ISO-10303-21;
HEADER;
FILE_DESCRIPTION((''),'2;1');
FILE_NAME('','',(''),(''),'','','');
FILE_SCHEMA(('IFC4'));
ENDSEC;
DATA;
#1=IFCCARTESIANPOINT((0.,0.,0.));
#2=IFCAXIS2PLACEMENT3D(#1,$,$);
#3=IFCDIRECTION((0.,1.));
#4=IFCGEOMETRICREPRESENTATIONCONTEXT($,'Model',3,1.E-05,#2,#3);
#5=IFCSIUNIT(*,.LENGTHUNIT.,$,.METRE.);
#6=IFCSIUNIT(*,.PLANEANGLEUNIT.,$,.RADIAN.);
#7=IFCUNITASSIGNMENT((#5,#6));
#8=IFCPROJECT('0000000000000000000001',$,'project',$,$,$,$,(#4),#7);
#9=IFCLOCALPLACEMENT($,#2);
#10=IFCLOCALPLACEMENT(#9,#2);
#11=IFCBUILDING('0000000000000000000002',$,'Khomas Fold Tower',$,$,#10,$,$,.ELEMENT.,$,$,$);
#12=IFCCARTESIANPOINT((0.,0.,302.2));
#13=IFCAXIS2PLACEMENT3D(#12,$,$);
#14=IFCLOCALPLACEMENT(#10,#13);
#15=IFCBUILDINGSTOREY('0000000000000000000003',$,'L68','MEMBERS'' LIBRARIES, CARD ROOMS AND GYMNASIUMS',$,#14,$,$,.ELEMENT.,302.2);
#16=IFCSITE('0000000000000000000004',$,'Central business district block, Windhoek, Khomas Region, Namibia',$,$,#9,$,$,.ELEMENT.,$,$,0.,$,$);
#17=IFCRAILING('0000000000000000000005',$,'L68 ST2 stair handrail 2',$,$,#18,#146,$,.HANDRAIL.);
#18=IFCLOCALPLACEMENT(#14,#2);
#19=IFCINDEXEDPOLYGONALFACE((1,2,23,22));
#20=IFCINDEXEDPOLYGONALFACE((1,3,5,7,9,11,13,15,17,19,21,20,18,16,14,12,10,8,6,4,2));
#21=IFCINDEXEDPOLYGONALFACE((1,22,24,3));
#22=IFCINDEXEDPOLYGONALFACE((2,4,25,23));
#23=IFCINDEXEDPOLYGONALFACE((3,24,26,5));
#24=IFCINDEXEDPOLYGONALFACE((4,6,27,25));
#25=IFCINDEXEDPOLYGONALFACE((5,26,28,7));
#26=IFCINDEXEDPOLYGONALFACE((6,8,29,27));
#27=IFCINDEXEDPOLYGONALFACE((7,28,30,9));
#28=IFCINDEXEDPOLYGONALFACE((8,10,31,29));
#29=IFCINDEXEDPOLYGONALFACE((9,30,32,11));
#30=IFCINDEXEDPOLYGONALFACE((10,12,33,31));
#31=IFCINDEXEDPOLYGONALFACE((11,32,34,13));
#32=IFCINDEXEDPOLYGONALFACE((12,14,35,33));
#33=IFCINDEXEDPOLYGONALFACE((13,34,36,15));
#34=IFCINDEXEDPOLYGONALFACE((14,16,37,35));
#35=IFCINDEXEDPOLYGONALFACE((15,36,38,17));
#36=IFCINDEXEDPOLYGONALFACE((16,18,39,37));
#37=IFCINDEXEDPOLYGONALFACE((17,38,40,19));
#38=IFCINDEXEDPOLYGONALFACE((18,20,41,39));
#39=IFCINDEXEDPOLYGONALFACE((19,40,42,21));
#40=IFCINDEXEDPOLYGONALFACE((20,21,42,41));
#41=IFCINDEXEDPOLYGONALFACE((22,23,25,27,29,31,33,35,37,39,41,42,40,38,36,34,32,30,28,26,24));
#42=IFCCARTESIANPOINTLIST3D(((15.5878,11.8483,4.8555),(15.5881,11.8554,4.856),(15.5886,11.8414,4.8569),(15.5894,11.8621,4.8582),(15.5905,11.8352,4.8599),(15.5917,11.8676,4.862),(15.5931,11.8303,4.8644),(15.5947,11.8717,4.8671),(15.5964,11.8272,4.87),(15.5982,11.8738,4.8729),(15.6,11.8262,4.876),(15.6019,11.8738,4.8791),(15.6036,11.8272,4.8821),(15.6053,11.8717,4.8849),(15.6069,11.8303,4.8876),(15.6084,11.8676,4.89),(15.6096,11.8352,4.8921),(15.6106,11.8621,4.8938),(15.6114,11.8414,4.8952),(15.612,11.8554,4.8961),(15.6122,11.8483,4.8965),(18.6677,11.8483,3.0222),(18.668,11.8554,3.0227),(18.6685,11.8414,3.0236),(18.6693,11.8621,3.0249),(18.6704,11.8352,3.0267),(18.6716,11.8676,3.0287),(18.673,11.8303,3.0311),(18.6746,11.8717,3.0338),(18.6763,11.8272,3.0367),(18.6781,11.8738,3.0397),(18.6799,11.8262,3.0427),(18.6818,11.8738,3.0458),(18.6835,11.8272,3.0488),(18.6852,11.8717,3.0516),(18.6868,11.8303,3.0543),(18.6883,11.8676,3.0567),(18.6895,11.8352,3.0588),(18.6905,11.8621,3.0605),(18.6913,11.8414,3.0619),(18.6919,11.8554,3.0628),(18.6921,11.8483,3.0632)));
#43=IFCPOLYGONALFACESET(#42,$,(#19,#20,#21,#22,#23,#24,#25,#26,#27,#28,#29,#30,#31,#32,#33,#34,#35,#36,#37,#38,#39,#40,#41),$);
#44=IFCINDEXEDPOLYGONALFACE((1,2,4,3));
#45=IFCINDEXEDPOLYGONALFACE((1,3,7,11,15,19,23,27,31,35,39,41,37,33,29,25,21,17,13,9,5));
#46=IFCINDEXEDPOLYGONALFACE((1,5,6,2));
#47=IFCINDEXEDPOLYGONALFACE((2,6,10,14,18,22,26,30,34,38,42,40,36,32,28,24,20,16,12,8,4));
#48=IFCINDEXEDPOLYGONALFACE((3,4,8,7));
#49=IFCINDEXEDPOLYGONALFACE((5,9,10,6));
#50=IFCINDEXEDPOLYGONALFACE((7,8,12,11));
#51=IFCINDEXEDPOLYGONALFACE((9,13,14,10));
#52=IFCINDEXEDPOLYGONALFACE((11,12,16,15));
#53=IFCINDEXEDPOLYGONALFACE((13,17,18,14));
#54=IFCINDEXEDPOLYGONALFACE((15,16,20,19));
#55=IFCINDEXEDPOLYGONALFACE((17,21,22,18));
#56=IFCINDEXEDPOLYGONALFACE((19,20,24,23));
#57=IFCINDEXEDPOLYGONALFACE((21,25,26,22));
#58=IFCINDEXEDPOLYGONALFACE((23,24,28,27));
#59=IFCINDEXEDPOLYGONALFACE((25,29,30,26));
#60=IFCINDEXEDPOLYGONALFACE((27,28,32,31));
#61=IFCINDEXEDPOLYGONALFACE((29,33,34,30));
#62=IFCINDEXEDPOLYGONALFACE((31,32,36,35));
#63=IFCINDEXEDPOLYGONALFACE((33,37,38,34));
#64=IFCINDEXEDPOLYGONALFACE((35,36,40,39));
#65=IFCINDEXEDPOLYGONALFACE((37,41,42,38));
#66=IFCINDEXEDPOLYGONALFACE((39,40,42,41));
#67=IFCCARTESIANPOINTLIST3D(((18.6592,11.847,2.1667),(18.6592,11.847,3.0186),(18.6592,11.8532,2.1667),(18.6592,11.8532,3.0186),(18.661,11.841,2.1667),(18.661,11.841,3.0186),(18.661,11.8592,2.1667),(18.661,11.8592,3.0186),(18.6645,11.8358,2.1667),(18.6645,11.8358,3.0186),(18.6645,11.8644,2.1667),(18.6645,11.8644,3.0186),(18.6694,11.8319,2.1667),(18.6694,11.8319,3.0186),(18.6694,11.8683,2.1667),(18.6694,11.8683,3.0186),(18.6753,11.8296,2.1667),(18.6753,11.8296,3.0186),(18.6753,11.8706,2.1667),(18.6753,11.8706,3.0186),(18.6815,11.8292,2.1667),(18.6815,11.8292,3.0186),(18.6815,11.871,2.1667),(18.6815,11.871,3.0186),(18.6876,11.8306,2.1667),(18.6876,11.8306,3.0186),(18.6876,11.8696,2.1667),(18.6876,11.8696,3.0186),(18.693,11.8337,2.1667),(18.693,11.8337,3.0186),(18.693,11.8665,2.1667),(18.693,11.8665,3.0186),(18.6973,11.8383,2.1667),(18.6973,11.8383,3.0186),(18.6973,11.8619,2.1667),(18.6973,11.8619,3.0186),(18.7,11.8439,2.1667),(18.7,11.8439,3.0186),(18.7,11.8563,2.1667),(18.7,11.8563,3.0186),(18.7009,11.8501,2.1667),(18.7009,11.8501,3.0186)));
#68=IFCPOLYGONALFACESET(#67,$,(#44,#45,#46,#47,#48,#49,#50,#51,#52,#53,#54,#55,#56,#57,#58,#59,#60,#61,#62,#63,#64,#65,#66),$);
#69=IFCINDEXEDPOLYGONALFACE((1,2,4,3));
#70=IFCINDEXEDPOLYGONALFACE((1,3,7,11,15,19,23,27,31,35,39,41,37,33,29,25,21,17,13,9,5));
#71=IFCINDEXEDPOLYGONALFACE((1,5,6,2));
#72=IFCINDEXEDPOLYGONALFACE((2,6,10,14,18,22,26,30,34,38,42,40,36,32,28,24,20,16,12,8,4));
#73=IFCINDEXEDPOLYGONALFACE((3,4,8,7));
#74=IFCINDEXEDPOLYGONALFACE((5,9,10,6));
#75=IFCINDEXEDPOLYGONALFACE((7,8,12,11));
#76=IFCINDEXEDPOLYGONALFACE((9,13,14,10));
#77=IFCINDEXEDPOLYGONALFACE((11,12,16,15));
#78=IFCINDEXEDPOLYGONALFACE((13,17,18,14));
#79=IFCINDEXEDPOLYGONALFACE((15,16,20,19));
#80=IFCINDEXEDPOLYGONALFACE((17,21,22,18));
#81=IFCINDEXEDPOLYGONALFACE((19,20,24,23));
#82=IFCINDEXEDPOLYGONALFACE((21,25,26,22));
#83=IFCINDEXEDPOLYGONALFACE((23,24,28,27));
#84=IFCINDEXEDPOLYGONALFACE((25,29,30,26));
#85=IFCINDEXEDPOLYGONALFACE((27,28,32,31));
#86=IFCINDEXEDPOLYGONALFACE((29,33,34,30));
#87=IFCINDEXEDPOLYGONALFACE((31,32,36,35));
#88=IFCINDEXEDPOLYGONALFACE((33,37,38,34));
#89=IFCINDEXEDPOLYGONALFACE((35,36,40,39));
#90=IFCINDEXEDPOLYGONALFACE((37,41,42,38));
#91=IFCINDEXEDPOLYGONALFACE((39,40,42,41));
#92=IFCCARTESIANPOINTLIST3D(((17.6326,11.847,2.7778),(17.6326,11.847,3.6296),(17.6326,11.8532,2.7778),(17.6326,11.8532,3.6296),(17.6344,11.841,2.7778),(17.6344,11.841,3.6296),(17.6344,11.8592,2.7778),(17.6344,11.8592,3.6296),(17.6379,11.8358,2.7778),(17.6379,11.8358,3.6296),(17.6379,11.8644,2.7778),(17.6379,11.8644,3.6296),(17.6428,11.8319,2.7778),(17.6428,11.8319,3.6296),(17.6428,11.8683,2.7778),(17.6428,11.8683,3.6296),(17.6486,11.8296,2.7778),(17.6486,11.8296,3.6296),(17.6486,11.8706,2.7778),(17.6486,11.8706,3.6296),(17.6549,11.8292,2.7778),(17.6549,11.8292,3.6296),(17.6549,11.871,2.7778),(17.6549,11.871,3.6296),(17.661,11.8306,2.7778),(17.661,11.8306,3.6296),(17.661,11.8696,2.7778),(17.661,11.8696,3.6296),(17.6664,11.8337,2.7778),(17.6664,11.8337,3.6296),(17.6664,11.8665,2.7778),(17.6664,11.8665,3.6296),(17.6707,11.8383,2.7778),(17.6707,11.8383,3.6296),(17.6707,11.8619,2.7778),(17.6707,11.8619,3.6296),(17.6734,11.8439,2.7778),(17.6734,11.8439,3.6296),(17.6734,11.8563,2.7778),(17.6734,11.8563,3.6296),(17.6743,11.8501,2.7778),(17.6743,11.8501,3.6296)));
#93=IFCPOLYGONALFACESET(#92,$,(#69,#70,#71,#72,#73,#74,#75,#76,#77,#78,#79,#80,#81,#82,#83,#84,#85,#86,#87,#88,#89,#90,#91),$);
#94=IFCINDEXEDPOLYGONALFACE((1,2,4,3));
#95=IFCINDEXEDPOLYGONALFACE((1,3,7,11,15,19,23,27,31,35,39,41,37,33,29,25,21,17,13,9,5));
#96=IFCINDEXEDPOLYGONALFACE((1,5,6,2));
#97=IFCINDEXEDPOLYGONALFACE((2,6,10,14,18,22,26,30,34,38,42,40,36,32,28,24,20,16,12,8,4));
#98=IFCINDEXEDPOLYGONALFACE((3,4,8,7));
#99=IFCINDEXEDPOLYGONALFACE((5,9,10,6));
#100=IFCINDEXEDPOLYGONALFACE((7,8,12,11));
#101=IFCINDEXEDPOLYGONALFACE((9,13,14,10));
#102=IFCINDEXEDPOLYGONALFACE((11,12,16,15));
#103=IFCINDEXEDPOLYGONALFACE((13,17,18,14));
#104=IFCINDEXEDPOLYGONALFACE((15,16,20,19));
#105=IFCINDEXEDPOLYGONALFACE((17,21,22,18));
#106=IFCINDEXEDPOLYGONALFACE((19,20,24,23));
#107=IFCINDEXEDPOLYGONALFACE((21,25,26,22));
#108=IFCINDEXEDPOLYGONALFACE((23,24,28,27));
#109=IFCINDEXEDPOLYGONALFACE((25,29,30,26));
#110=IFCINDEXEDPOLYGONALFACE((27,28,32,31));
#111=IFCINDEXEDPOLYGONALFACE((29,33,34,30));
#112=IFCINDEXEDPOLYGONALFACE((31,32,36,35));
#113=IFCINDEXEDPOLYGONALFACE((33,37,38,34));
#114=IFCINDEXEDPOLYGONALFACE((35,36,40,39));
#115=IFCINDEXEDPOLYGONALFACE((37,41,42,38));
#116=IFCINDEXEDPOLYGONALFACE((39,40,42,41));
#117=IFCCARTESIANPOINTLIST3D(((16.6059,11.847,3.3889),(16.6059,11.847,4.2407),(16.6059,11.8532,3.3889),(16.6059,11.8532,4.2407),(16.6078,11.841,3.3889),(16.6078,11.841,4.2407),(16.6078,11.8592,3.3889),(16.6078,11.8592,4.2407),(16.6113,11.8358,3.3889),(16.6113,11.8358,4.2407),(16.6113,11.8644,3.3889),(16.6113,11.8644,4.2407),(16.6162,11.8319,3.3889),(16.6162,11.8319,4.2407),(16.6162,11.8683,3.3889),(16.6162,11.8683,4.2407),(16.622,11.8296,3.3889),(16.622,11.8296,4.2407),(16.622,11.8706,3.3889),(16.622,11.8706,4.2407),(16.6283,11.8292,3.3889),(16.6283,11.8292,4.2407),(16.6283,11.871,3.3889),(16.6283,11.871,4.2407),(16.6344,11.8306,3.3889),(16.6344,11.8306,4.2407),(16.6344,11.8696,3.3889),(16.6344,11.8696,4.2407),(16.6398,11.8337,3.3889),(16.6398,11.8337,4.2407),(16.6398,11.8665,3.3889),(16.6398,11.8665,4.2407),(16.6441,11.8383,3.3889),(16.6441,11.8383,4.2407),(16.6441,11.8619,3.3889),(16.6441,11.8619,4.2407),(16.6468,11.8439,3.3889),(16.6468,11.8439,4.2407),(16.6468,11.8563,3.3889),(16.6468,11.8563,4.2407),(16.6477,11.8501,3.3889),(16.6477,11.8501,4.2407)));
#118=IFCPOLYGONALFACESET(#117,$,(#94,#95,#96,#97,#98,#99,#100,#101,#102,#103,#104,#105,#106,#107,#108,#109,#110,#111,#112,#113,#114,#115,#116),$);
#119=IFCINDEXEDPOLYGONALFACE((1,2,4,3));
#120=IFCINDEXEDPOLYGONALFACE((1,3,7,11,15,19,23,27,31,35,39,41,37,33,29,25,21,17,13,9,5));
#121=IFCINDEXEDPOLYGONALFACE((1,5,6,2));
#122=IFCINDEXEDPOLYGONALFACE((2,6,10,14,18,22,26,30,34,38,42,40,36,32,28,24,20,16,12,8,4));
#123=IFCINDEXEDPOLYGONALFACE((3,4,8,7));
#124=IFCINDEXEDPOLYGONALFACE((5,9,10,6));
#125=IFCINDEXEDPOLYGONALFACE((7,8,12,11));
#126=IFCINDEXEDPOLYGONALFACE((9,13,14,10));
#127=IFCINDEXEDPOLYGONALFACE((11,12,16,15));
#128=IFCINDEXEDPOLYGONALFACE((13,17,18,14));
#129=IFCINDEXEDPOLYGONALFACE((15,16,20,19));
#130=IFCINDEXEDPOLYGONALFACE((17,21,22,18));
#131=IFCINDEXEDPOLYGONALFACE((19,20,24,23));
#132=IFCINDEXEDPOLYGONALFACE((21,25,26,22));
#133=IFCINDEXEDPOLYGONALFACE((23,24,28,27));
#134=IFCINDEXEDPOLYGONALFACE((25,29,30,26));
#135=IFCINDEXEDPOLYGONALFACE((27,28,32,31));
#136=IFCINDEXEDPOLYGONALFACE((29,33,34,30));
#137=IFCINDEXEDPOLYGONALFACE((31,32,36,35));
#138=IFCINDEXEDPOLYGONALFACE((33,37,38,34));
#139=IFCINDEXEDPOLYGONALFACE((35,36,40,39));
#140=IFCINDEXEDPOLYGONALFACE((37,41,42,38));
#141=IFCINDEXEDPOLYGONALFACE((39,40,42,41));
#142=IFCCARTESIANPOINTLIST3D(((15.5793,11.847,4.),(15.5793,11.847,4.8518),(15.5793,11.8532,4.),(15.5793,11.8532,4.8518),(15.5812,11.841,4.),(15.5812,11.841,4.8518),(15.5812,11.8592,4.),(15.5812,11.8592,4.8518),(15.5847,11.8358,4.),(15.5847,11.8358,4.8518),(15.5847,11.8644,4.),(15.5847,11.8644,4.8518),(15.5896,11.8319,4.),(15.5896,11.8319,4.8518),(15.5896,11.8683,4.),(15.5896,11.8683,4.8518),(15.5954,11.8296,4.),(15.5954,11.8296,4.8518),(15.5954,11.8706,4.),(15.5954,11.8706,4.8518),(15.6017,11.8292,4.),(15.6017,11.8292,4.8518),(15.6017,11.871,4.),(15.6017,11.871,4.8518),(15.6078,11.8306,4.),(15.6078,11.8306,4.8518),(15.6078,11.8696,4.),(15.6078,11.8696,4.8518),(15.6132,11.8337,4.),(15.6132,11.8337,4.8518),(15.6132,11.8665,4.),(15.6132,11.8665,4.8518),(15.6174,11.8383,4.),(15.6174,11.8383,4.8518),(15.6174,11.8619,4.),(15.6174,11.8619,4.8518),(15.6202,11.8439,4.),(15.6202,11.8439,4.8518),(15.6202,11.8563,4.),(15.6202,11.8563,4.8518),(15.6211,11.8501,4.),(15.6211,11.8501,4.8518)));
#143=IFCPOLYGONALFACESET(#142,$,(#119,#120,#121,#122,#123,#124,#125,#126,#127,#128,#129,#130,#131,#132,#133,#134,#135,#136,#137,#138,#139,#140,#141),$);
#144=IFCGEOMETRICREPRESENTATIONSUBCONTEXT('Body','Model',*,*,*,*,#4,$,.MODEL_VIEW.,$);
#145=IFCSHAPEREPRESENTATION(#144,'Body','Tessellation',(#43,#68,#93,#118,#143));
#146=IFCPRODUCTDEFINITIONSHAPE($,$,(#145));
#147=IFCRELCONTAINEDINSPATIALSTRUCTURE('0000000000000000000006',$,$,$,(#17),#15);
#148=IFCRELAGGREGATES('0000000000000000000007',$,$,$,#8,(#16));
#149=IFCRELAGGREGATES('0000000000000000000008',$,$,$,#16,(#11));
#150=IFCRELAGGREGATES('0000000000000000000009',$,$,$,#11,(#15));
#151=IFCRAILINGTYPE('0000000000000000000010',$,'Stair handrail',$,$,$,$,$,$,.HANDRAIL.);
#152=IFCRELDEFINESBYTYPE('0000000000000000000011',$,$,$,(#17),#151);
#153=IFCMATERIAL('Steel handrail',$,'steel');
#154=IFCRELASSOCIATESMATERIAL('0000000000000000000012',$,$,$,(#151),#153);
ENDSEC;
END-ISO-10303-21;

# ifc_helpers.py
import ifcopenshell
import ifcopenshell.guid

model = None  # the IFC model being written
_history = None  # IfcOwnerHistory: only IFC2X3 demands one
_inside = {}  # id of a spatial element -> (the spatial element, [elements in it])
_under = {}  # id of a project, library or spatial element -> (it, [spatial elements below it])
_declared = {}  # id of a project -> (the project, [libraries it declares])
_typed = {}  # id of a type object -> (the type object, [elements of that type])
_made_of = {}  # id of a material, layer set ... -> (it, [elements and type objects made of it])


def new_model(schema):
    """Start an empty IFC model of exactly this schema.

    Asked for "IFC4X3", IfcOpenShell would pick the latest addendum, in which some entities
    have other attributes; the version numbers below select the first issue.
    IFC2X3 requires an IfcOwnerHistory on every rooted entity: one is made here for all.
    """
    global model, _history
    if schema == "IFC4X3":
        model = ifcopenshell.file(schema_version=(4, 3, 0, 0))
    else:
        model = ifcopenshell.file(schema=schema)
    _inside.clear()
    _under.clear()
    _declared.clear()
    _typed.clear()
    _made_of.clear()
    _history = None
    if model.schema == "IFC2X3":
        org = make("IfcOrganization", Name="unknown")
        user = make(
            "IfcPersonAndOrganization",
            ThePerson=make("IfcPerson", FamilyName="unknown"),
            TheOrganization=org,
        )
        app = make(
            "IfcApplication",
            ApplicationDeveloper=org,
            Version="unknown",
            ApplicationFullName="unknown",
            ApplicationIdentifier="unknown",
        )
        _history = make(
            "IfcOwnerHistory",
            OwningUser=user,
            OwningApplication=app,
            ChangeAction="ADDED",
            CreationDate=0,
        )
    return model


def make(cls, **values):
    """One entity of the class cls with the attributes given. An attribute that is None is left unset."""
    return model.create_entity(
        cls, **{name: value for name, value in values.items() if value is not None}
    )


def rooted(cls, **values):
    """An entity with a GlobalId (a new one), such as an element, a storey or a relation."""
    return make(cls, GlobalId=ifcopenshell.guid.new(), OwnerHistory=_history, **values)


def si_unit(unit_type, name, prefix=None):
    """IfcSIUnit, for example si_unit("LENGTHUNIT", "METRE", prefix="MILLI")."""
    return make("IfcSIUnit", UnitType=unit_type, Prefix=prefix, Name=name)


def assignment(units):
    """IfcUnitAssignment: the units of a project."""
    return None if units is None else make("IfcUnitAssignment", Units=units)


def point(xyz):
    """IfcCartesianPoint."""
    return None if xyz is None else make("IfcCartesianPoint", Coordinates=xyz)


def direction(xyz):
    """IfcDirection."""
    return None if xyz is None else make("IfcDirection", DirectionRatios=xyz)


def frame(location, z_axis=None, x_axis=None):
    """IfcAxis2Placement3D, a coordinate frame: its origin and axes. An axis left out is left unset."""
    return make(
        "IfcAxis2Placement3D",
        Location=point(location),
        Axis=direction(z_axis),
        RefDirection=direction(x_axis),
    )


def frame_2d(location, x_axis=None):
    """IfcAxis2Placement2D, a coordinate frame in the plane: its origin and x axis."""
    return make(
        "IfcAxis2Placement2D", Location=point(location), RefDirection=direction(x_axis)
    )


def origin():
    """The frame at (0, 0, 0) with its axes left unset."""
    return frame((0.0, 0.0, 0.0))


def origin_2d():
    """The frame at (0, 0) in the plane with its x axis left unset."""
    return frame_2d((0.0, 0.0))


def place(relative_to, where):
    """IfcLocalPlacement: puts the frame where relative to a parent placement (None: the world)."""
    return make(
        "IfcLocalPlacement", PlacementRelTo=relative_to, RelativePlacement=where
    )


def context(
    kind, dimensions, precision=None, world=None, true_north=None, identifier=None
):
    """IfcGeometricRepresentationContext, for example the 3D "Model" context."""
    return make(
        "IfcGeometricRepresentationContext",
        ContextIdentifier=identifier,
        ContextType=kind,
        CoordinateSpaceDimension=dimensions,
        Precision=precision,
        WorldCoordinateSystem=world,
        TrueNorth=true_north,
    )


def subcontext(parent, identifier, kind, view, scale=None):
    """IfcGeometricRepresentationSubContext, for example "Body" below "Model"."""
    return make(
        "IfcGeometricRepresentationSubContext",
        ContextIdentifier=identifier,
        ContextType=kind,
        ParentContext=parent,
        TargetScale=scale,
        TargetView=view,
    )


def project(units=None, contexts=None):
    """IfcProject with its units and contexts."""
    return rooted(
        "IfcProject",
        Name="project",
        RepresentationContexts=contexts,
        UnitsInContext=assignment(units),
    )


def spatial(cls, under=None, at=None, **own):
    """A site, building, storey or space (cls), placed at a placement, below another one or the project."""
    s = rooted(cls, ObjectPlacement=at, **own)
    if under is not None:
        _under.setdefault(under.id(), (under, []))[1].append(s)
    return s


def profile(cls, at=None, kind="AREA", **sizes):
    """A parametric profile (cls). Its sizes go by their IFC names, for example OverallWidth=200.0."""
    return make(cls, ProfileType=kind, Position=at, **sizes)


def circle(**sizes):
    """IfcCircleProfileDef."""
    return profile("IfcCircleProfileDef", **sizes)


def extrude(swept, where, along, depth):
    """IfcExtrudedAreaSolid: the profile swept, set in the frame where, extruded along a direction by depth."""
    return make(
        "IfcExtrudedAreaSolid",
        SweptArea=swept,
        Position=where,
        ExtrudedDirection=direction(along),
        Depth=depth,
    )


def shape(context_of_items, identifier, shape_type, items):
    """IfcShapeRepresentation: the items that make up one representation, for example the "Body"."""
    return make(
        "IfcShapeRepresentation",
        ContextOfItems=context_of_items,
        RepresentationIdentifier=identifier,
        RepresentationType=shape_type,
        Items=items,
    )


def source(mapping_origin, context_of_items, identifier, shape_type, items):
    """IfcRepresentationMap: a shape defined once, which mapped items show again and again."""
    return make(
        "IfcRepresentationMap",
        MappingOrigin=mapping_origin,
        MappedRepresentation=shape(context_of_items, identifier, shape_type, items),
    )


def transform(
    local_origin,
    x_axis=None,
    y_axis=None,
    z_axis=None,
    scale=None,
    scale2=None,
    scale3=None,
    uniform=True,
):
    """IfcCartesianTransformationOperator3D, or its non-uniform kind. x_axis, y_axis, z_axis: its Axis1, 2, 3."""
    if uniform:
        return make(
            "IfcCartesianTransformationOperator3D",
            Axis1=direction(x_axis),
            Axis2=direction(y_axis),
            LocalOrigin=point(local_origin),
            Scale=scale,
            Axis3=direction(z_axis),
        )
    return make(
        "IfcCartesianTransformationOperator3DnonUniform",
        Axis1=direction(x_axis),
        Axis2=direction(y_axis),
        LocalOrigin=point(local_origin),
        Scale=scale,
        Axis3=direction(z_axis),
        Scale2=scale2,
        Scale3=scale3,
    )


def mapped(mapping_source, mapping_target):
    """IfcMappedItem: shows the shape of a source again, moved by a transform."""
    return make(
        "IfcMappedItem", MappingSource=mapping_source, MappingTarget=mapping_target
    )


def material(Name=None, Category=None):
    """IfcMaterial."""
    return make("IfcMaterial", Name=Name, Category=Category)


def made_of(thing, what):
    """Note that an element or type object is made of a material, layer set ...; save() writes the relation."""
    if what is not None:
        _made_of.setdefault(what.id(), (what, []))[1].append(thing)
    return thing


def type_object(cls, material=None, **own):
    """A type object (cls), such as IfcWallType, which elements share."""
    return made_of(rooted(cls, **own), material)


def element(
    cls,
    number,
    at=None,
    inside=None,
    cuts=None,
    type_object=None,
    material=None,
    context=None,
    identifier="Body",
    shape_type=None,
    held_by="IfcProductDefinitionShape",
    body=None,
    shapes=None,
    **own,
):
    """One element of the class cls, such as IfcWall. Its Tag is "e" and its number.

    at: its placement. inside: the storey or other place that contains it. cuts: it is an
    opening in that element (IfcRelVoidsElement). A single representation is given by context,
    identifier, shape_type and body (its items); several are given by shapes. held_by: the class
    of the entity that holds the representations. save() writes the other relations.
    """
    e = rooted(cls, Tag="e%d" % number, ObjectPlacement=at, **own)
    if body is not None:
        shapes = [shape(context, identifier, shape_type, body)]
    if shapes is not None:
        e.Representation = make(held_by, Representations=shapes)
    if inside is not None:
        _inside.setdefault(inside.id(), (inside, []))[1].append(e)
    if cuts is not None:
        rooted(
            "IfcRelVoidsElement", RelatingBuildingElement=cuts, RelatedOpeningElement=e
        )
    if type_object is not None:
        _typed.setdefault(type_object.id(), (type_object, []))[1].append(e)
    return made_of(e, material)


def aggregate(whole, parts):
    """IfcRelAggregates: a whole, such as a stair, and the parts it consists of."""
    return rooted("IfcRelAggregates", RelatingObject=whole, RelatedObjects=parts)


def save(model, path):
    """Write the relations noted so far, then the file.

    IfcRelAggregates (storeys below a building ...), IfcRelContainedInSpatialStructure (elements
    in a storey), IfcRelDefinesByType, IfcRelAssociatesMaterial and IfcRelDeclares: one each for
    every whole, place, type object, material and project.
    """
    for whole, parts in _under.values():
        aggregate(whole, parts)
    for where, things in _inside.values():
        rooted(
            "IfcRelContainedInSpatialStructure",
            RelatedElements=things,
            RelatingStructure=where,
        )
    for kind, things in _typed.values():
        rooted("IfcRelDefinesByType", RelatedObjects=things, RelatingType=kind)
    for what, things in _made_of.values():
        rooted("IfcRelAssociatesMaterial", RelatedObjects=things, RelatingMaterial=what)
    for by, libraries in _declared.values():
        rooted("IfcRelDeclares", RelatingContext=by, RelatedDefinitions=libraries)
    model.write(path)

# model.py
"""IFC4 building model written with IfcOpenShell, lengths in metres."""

from ifc_helpers import new_model, si_unit, direction, frame, origin, origin_2d, place, context, subcontext, project, spatial, circle, extrude, source, transform, mapped, material, type_object, element, save


model = new_model("IFC4")

# Units and contexts
model_context = context("Model", 3, precision=1e-05, world=origin(), true_north=direction((0.0, 1.0)))
body_context = subcontext(model_context, "Body", "Model", "MODEL_VIEW")
ifc_project = project(units=[si_unit("LENGTHUNIT", "METRE"), si_unit("PLANEANGLEUNIT", "RADIAN")], contexts=[model_context])

# Site, building, storey
site_placement = place(None, origin())
site = spatial("IfcSite", under=ifc_project, at=site_placement, Name="Central business district block, Windhoek, Khomas Region, Namibia", CompositionType="ELEMENT", RefElevation=0.0)
building_placement = place(site_placement, origin())
building = spatial("IfcBuilding", under=site, at=building_placement, Name="Khomas Fold Tower", CompositionType="ELEMENT")
storey_placement = place(building_placement, frame((0.0, 0.0, 302.2)))
storey = spatial("IfcBuildingStorey", under=building, at=storey_placement, Name="L68", Description="MEMBERS' LIBRARIES, CARD ROOMS AND GYMNASIUMS", CompositionType="ELEMENT", Elevation=302.2)

# Railing
ifc_material_1 = material(Name="Steel handrail", Category="steel")
railing_type_1 = type_object("IfcRailingType", Name="Stair handrail", PredefinedType="HANDRAIL", material=ifc_material_1)
shared_shape_1 = source(origin(), body_context, "Body", "SweptSolid", [
    extrude(circle(Radius=0.0239, at=origin_2d()), frame((0.0, 0.0, 0.876), z_axis=(-0.859291, 0.0, 0.511487), x_axis=(0.0, -1.0, 0.0)), (0.0, 0.0, 1.0), 3.5842),
    extrude(circle(Radius=0.021, at=origin_2d()), origin(), (0.0, 0.0, 1.0), 0.8518),
    extrude(circle(Radius=0.021, at=origin_2d()), frame((-1.0266, 0.0, 0.6111)), (0.0, 0.0, 1.0), 0.8518),
    extrude(circle(Radius=0.021, at=origin_2d()), frame((-2.0532, 0.0, 1.2222)), (0.0, 0.0, 1.0), 0.8518),
    extrude(circle(Radius=0.021, at=origin_2d()), frame((-3.0798, 0.0, 1.8333)), (0.0, 0.0, 1.0), 0.8518),
])
railing_1_placement = place(storey_placement, frame((18.6799, 11.8501, 2.1667)))
element("IfcRailing", 1, at=railing_1_placement, inside=storey, type_object=railing_type_1, Name="L68 ST2 stair handrail 2", PredefinedType="HANDRAIL", context=body_context, shape_type="MappedRepresentation", body=[
    mapped(shared_shape_1, transform((0.0, 0.0, 0.0))),
])

save(model, "model.ifc")
